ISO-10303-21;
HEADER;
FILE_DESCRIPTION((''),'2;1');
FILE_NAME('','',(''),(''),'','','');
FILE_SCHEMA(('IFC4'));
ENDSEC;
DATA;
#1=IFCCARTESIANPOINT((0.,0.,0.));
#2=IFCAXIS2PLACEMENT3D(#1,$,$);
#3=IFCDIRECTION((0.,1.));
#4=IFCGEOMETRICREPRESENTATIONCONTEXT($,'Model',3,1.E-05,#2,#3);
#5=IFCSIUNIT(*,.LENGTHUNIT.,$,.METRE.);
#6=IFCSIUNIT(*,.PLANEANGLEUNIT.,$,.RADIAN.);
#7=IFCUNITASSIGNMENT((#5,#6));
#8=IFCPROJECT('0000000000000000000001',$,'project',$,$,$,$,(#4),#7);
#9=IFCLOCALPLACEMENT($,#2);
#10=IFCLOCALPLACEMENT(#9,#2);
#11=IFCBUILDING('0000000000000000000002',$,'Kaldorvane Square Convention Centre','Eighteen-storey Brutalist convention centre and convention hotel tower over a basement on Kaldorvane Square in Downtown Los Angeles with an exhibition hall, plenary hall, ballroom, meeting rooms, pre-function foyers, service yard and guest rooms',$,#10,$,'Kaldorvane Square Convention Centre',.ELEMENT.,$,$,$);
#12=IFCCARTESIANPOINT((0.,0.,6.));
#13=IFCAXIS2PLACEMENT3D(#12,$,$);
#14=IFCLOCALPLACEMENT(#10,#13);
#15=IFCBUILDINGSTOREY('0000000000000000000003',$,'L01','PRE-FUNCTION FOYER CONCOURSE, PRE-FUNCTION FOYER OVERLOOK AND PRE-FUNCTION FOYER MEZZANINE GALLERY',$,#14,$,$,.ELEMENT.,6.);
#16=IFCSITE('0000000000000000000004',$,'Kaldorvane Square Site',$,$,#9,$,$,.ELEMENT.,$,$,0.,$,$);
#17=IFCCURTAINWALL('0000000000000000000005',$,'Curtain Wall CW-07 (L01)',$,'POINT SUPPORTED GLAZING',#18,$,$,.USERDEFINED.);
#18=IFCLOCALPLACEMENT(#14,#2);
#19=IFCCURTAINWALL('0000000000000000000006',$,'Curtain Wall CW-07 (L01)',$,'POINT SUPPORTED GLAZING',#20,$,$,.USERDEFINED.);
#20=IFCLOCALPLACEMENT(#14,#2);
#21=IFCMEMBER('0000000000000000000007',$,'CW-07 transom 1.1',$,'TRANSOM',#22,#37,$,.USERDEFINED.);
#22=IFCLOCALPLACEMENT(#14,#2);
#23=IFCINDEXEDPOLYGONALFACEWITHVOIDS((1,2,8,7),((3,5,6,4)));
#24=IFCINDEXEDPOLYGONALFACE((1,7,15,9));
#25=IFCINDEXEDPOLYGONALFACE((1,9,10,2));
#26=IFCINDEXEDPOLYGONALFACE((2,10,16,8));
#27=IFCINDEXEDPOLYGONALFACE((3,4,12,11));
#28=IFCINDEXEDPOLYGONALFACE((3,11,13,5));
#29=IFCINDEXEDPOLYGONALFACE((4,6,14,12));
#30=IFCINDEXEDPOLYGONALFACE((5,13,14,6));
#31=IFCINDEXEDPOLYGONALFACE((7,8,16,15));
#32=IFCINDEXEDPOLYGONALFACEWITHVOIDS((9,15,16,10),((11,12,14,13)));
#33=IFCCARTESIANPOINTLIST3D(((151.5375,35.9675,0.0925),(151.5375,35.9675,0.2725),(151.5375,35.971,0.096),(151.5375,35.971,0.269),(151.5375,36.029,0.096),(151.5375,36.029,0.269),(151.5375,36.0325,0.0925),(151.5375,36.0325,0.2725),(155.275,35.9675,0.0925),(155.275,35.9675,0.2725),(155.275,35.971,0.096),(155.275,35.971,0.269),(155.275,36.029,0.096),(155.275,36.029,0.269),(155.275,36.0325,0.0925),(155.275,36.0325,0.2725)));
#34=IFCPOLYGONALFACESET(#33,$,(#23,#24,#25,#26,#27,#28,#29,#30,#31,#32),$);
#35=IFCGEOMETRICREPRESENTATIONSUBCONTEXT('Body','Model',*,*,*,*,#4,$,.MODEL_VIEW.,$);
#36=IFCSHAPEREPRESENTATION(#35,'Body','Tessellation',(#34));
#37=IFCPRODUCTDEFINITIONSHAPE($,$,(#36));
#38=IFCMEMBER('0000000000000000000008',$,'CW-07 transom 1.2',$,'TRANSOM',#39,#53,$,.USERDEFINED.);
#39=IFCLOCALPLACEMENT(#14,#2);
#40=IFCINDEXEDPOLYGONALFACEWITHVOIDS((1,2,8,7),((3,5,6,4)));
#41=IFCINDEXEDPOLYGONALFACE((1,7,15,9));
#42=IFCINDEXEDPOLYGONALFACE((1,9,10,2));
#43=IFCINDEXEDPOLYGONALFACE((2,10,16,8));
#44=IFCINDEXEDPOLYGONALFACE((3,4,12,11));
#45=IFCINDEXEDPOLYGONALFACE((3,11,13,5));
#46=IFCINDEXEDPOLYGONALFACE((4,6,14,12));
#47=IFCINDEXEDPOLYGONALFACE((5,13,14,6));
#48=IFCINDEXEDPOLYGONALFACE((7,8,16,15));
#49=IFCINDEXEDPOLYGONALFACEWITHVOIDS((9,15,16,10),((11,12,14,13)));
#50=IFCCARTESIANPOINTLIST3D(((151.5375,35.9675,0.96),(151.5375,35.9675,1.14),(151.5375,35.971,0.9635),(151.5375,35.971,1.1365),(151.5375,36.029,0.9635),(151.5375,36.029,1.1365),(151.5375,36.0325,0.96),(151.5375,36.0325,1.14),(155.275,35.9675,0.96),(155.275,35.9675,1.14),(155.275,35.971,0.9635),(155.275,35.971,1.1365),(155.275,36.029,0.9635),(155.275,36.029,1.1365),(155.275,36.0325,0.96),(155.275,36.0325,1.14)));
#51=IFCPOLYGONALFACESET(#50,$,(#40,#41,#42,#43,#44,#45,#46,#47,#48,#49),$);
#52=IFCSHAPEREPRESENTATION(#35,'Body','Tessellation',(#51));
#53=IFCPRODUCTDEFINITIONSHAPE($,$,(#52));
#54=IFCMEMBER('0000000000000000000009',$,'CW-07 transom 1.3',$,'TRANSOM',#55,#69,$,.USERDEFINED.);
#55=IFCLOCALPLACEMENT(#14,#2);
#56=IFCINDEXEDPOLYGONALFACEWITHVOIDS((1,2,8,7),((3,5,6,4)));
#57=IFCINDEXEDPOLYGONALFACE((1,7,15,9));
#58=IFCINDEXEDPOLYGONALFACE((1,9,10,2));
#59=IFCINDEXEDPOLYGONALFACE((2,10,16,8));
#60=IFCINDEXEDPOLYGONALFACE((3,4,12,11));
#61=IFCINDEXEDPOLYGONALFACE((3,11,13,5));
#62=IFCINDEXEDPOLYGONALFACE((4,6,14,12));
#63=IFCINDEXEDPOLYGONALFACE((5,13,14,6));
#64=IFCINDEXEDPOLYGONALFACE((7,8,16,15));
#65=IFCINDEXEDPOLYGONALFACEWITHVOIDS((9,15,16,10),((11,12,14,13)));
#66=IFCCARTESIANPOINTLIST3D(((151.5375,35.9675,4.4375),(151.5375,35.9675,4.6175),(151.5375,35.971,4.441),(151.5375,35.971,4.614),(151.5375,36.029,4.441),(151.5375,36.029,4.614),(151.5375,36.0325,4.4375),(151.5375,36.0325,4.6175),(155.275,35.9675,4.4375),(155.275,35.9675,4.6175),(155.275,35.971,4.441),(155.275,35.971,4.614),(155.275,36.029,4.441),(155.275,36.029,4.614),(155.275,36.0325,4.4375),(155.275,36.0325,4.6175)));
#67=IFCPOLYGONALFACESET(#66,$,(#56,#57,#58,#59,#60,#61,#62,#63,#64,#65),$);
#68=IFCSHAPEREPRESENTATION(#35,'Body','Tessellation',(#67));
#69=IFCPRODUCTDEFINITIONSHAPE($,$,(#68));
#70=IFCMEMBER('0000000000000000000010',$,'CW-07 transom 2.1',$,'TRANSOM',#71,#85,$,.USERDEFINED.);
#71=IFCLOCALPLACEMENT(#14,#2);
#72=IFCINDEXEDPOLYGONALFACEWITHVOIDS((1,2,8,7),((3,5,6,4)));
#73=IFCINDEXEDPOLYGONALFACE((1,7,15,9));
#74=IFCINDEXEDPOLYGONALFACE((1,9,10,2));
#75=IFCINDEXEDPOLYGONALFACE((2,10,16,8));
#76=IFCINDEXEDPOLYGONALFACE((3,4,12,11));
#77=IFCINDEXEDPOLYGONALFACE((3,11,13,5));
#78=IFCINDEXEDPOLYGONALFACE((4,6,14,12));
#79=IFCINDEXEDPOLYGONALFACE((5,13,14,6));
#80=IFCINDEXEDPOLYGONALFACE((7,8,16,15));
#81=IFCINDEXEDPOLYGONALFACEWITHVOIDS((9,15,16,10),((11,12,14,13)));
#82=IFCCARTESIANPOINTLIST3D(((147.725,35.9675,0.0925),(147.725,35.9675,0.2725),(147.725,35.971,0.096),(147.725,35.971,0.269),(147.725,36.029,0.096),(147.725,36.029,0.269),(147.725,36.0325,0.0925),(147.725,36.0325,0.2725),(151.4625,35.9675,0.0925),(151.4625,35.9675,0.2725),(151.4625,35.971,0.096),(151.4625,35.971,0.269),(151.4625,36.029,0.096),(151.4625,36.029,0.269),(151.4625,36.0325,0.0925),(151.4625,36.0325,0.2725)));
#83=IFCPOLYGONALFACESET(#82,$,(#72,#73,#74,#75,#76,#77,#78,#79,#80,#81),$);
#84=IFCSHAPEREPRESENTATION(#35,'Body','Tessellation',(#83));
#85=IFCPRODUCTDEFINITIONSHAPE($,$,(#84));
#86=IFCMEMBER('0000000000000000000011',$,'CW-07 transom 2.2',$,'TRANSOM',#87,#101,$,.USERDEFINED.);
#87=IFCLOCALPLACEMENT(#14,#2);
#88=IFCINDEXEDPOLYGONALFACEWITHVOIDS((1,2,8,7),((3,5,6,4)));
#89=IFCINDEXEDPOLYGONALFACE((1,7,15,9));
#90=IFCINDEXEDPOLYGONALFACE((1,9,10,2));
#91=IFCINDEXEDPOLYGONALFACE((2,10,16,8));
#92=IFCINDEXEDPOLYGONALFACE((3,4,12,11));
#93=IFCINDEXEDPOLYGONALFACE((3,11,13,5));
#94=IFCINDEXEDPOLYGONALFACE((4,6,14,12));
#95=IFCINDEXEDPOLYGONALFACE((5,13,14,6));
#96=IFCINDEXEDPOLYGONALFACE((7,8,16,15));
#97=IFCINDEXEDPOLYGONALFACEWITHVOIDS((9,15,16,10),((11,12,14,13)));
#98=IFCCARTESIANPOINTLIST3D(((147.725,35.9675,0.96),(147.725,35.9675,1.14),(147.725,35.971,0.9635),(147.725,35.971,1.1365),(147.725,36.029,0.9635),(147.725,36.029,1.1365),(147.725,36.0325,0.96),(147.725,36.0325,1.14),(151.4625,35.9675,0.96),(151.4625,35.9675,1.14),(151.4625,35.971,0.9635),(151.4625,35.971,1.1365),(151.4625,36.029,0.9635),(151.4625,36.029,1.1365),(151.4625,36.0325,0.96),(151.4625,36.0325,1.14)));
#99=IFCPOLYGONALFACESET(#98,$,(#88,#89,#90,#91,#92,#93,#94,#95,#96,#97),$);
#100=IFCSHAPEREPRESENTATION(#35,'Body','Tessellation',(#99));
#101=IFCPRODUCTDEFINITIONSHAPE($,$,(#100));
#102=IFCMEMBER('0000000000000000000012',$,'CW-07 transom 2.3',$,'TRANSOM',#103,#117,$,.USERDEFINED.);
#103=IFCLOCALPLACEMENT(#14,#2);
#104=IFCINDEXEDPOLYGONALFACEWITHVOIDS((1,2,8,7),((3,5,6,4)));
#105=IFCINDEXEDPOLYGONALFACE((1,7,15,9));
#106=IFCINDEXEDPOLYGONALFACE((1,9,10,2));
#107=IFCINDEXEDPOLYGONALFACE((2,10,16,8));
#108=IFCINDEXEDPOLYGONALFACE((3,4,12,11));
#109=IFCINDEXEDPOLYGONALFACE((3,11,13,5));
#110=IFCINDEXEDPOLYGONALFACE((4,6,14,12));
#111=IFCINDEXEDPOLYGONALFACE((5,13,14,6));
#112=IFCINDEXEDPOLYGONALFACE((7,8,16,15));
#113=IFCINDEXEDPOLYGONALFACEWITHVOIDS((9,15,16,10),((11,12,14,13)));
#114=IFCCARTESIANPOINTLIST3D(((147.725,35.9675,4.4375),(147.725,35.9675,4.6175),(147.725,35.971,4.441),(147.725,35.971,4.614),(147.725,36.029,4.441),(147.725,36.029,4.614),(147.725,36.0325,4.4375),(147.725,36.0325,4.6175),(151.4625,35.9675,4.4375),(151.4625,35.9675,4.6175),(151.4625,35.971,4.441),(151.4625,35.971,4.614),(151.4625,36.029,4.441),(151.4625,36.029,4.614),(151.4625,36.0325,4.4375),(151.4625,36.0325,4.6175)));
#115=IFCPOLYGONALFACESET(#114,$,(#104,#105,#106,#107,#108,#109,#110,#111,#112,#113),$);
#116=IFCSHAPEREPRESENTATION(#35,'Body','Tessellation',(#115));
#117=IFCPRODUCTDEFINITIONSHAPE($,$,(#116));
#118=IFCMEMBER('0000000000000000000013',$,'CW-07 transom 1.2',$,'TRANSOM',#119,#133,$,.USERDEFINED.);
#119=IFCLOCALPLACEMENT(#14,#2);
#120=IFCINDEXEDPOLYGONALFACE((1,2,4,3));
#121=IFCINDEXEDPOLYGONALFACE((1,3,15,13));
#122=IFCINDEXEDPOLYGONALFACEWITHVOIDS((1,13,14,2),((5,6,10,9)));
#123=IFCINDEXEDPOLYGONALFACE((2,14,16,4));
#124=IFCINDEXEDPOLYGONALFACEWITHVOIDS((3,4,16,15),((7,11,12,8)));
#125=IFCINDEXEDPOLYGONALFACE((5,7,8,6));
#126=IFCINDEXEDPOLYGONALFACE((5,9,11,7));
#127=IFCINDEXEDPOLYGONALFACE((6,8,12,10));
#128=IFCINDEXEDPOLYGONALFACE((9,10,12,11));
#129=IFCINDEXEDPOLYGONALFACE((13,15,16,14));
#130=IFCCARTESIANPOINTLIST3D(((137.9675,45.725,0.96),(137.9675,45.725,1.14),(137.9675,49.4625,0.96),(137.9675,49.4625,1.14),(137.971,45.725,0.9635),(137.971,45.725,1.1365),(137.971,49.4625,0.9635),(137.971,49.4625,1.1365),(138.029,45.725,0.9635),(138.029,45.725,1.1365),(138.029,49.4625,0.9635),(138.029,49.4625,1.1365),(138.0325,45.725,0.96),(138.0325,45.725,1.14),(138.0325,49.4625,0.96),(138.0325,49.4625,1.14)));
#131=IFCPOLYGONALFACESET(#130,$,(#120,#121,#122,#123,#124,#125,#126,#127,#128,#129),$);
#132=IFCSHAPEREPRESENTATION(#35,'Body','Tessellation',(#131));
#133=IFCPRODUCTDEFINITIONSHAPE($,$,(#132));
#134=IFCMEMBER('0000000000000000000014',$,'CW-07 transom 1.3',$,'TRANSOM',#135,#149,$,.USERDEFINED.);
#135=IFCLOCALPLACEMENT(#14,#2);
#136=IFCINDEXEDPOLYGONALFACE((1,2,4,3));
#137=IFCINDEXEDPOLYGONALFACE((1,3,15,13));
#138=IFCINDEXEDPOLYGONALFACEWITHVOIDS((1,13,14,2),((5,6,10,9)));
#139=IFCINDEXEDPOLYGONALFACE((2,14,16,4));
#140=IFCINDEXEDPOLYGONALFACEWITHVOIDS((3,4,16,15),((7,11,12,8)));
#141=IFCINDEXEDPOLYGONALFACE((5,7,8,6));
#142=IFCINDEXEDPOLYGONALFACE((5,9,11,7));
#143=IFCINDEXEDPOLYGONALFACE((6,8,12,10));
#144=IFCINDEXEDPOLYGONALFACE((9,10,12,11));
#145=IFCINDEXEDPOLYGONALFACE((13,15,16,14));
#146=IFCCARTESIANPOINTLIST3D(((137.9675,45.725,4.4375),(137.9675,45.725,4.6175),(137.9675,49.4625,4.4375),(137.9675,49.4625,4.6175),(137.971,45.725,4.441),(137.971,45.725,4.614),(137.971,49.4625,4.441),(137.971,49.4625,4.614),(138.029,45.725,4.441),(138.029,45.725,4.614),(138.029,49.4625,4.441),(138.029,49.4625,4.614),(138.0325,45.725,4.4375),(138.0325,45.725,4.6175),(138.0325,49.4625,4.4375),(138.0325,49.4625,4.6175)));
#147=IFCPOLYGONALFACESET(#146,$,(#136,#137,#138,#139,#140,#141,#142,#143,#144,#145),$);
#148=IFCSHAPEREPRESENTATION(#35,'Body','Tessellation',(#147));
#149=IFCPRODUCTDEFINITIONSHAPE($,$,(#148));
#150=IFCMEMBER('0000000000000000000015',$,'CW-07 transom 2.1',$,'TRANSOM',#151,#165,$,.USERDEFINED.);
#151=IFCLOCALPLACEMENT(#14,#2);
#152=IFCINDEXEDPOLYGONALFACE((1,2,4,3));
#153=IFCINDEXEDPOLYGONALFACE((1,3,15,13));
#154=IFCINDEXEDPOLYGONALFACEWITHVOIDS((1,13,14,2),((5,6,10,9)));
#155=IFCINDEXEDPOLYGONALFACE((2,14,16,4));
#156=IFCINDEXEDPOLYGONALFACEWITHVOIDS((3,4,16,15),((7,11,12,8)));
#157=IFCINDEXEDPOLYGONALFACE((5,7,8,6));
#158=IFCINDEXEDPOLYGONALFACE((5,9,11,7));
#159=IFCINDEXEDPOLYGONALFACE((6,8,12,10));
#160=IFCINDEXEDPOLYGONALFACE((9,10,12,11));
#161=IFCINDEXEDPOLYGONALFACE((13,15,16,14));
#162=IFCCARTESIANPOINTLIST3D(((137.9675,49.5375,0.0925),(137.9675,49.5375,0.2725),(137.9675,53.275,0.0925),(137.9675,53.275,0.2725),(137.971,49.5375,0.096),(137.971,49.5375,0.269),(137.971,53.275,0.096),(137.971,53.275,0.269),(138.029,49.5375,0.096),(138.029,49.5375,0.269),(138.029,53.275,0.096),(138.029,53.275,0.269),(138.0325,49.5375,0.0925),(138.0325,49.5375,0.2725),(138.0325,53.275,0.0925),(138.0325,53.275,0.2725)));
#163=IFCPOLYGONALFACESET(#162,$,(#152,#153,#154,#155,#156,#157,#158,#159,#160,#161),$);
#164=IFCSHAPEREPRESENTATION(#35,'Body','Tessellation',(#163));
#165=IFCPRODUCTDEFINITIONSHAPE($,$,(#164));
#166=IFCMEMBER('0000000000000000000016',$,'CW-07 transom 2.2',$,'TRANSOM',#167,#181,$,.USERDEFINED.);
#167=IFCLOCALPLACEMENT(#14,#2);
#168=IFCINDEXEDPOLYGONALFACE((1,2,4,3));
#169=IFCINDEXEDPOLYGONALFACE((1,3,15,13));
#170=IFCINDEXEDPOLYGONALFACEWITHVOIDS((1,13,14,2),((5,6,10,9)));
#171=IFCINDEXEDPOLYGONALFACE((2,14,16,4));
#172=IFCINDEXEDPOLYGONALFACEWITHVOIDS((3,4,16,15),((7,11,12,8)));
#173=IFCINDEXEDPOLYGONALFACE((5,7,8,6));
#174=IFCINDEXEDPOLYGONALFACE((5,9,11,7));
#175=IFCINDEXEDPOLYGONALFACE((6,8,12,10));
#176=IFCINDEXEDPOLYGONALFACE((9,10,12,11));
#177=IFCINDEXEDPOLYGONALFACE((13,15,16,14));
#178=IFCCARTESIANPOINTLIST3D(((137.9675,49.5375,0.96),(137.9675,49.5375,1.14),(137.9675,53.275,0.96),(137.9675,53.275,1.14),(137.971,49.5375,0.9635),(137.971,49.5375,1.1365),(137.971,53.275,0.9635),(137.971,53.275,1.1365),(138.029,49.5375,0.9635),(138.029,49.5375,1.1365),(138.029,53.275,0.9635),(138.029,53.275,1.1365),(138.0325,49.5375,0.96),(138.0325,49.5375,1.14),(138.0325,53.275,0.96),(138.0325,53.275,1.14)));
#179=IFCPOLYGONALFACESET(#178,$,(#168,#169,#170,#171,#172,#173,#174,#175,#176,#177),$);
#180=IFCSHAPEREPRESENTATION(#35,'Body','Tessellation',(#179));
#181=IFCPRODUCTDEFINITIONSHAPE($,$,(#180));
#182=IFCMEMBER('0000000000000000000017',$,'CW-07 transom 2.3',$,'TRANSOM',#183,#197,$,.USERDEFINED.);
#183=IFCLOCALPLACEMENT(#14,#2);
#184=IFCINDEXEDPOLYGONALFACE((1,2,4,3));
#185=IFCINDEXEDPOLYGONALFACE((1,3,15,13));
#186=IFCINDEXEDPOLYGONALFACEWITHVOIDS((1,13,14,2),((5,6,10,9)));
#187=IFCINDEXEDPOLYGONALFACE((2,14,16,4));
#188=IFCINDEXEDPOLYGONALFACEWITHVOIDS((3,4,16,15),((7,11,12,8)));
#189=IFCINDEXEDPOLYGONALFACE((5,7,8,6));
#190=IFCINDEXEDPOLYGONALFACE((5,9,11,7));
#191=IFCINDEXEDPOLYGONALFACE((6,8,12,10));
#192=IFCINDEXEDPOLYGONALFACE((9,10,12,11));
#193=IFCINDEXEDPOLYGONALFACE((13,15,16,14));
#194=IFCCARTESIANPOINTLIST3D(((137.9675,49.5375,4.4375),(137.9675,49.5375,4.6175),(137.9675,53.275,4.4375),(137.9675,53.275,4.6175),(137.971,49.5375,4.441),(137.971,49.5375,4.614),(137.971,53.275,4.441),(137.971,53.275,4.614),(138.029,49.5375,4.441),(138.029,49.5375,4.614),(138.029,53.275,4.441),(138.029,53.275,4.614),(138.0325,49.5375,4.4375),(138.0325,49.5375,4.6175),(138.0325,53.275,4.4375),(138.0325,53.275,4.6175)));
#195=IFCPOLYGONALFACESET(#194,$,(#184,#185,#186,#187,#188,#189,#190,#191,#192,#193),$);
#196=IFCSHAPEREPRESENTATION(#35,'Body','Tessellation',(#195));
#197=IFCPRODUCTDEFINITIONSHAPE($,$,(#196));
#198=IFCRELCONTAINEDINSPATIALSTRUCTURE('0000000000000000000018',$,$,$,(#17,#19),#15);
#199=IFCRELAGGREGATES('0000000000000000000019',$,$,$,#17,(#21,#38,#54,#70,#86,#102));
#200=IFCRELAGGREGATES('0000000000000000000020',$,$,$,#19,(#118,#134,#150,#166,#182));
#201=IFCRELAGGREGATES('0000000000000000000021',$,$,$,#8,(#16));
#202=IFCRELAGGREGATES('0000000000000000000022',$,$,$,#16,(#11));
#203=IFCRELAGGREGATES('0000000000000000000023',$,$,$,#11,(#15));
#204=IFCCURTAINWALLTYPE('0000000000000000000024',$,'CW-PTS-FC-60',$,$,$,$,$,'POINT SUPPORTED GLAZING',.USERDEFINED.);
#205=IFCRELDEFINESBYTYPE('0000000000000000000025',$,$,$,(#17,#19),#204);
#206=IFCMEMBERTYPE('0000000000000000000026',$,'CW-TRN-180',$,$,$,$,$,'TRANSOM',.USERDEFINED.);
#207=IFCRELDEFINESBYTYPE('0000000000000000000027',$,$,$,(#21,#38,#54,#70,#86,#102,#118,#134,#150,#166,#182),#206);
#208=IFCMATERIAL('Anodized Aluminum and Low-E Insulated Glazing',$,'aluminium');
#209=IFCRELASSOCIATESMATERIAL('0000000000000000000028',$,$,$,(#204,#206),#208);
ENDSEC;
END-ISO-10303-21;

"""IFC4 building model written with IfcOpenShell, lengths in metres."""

from ifc_helpers import new_model, si_unit, direction, frame, origin, origin_2d, place, context, subcontext, project, spatial, hollow_rectangle, extrude, material, material_profile, profile_set, type_object, element, aggregate, save


model = new_model("IFC4")

# Units and contexts
model_context = context("Model", 3, precision=1e-05, world=origin(), true_north=direction((0.0, 1.0)))
body_context = subcontext(model_context, "Body", "Model", "MODEL_VIEW")
ifc_project = project(units=[si_unit("LENGTHUNIT", "METRE"), si_unit("PLANEANGLEUNIT", "RADIAN")], contexts=[model_context])

# Site, building, storey
site_placement = place(None, origin())
site = spatial("IfcSite", under=ifc_project, at=site_placement, Name="Kaldorvane Square Site", CompositionType="ELEMENT", RefElevation=0.0)
building_placement = place(site_placement, origin())
building = spatial("IfcBuilding", under=site, at=building_placement, Name="Kaldorvane Square Convention Centre", Description="Eighteen-storey Brutalist convention centre and convention hotel tower over a basement on Kaldorvane Square in Downtown Los Angeles with an exhibition hall, plenary hall, ballroom, meeting rooms, pre-function foyers, service yard and guest rooms", LongName="Kaldorvane Square Convention Centre", CompositionType="ELEMENT")
storey_placement = place(building_placement, frame((0.0, 0.0, 6.0)))
storey = spatial("IfcBuildingStorey", under=building, at=storey_placement, Name="L01", Description="PRE-FUNCTION FOYER CONCOURSE, PRE-FUNCTION FOYER OVERLOOK AND PRE-FUNCTION FOYER MEZZANINE GALLERY", CompositionType="ELEMENT", Elevation=6.0)

# Curtain walls
ifc_material_1 = material(Name="Anodized Aluminum and Low-E Insulated Glazing", Category="aluminium")
curtain_wall_type = type_object("IfcCurtainWallType", Name="CW-PTS-FC-60", ElementType="POINT SUPPORTED GLAZING", PredefinedType="USERDEFINED", material=ifc_material_1)
curtain_wall_1_placement = place(storey_placement, origin())
curtain_wall_1 = element("IfcCurtainWall", 1, at=curtain_wall_1_placement, inside=storey, type_object=curtain_wall_type, Name="Curtain Wall CW-07 (L01)", ObjectType="POINT SUPPORTED GLAZING", PredefinedType="USERDEFINED")
curtain_wall_2_placement = place(storey_placement, origin())
curtain_wall_2 = element("IfcCurtainWall", 2, at=curtain_wall_2_placement, inside=storey, type_object=curtain_wall_type, Name="Curtain Wall CW-07 (L01)", ObjectType="POINT SUPPORTED GLAZING", PredefinedType="USERDEFINED")

# Members
ifc_material_profile_1 = material_profile(ifc_material_1, hollow_rectangle(XDim=0.065, YDim=0.18, WallThickness=0.0035, at=origin_2d()), Name="CWT-180X65")
ifc_profile_set_1 = profile_set([ifc_material_profile_1], Name="Anodized Aluminum and Low-E Insulated Glazing")
member_type_1 = type_object("IfcMemberType", Name="CW-TRN-180", ElementType="TRANSOM", PredefinedType="USERDEFINED", material=ifc_profile_set_1)
member_1_placement = place(storey_placement, frame((155.275, 36.0, 0.1825), z_axis=(-1.0, 0.0, 0.0), x_axis=(0.0, -1.0, 0.0)))
member_1 = element("IfcMember", 3, at=member_1_placement, type_object=member_type_1, Name="CW-07 transom 1.1", ObjectType="TRANSOM", PredefinedType="USERDEFINED", context=body_context, shape_type="SweptSolid", body=[
    extrude(hollow_rectangle(XDim=0.065, YDim=0.18, WallThickness=0.0035, at=origin_2d()), origin(), (0.0, 0.0, 1.0), 3.7375),
])
member_2_placement = place(storey_placement, frame((155.275, 36.0, 1.05), z_axis=(-1.0, 0.0, 0.0), x_axis=(0.0, -1.0, 0.0)))
member_2 = element("IfcMember", 4, at=member_2_placement, type_object=member_type_1, Name="CW-07 transom 1.2", ObjectType="TRANSOM", PredefinedType="USERDEFINED", context=body_context, shape_type="SweptSolid", body=[
    extrude(hollow_rectangle(XDim=0.065, YDim=0.18, WallThickness=0.0035, at=origin_2d()), origin(), (0.0, 0.0, 1.0), 3.7375),
])
member_3_placement = place(storey_placement, frame((155.275, 36.0, 4.5275), z_axis=(-1.0, 0.0, 0.0), x_axis=(0.0, -1.0, 0.0)))
member_3 = element("IfcMember", 5, at=member_3_placement, type_object=member_type_1, Name="CW-07 transom 1.3", ObjectType="TRANSOM", PredefinedType="USERDEFINED", context=body_context, shape_type="SweptSolid", body=[
    extrude(hollow_rectangle(XDim=0.065, YDim=0.18, WallThickness=0.0035, at=origin_2d()), origin(), (0.0, 0.0, 1.0), 3.7375),
])
member_4_placement = place(storey_placement, frame((151.4625, 36.0, 0.1825), z_axis=(-1.0, 0.0, 0.0), x_axis=(0.0, -1.0, 0.0)))
member_4 = element("IfcMember", 6, at=member_4_placement, type_object=member_type_1, Name="CW-07 transom 2.1", ObjectType="TRANSOM", PredefinedType="USERDEFINED", context=body_context, shape_type="SweptSolid", body=[
    extrude(hollow_rectangle(XDim=0.065, YDim=0.18, WallThickness=0.0035, at=origin_2d()), origin(), (0.0, 0.0, 1.0), 3.7375),
])
member_5_placement = place(storey_placement, frame((151.4625, 36.0, 1.05), z_axis=(-1.0, 0.0, 0.0), x_axis=(0.0, -1.0, 0.0)))
member_5 = element("IfcMember", 7, at=member_5_placement, type_object=member_type_1, Name="CW-07 transom 2.2", ObjectType="TRANSOM", PredefinedType="USERDEFINED", context=body_context, shape_type="SweptSolid", body=[
    extrude(hollow_rectangle(XDim=0.065, YDim=0.18, WallThickness=0.0035, at=origin_2d()), origin(), (0.0, 0.0, 1.0), 3.7375),
])
member_6_placement = place(storey_placement, frame((151.4625, 36.0, 4.5275), z_axis=(-1.0, 0.0, 0.0), x_axis=(0.0, -1.0, 0.0)))
member_6 = element("IfcMember", 8, at=member_6_placement, type_object=member_type_1, Name="CW-07 transom 2.3", ObjectType="TRANSOM", PredefinedType="USERDEFINED", context=body_context, shape_type="SweptSolid", body=[
    extrude(hollow_rectangle(XDim=0.065, YDim=0.18, WallThickness=0.0035, at=origin_2d()), origin(), (0.0, 0.0, 1.0), 3.7375),
])
member_7_placement = place(storey_placement, frame((138.0, 45.725, 1.05), z_axis=(0.0, 1.0, 0.0), x_axis=(-1.0, 0.0, 0.0)))
member_7 = element("IfcMember", 9, at=member_7_placement, type_object=member_type_1, Name="CW-07 transom 1.2", ObjectType="TRANSOM", PredefinedType="USERDEFINED", context=body_context, shape_type="SweptSolid", body=[
    extrude(hollow_rectangle(XDim=0.065, YDim=0.18, WallThickness=0.0035, at=origin_2d()), origin(), (0.0, 0.0, 1.0), 3.7375),
])
member_8_placement = place(storey_placement, frame((138.0, 45.725, 4.5275), z_axis=(0.0, 1.0, 0.0), x_axis=(-1.0, 0.0, 0.0)))
member_8 = element("IfcMember", 10, at=member_8_placement, type_object=member_type_1, Name="CW-07 transom 1.3", ObjectType="TRANSOM", PredefinedType="USERDEFINED", context=body_context, shape_type="SweptSolid", body=[
    extrude(hollow_rectangle(XDim=0.065, YDim=0.18, WallThickness=0.0035, at=origin_2d()), origin(), (0.0, 0.0, 1.0), 3.7375),
])
member_9_placement = place(storey_placement, frame((138.0, 49.5375, 0.1825), z_axis=(0.0, 1.0, 0.0), x_axis=(-1.0, 0.0, 0.0)))
member_9 = element("IfcMember", 11, at=member_9_placement, type_object=member_type_1, Name="CW-07 transom 2.1", ObjectType="TRANSOM", PredefinedType="USERDEFINED", context=body_context, shape_type="SweptSolid", body=[
    extrude(hollow_rectangle(XDim=0.065, YDim=0.18, WallThickness=0.0035, at=origin_2d()), origin(), (0.0, 0.0, 1.0), 3.7375),
])
member_10_placement = place(storey_placement, frame((138.0, 49.5375, 1.05), z_axis=(0.0, 1.0, 0.0), x_axis=(-1.0, 0.0, 0.0)))
member_10 = element("IfcMember", 12, at=member_10_placement, type_object=member_type_1, Name="CW-07 transom 2.2", ObjectType="TRANSOM", PredefinedType="USERDEFINED", context=body_context, shape_type="SweptSolid", body=[
    extrude(hollow_rectangle(XDim=0.065, YDim=0.18, WallThickness=0.0035, at=origin_2d()), origin(), (0.0, 0.0, 1.0), 3.7375),
])
member_11_placement = place(storey_placement, frame((138.0, 49.5375, 4.5275), z_axis=(0.0, 1.0, 0.0), x_axis=(-1.0, 0.0, 0.0)))
member_11 = element("IfcMember", 13, at=member_11_placement, type_object=member_type_1, Name="CW-07 transom 2.3", ObjectType="TRANSOM", PredefinedType="USERDEFINED", context=body_context, shape_type="SweptSolid", body=[
    extrude(hollow_rectangle(XDim=0.065, YDim=0.18, WallThickness=0.0035, at=origin_2d()), origin(), (0.0, 0.0, 1.0), 3.7375),
])

aggregate(curtain_wall_1, [member_1, member_2, member_3, member_4, member_5, member_6])
aggregate(curtain_wall_2, [member_7, member_8, member_9, member_10, member_11])

save(model, "model.ifc")
